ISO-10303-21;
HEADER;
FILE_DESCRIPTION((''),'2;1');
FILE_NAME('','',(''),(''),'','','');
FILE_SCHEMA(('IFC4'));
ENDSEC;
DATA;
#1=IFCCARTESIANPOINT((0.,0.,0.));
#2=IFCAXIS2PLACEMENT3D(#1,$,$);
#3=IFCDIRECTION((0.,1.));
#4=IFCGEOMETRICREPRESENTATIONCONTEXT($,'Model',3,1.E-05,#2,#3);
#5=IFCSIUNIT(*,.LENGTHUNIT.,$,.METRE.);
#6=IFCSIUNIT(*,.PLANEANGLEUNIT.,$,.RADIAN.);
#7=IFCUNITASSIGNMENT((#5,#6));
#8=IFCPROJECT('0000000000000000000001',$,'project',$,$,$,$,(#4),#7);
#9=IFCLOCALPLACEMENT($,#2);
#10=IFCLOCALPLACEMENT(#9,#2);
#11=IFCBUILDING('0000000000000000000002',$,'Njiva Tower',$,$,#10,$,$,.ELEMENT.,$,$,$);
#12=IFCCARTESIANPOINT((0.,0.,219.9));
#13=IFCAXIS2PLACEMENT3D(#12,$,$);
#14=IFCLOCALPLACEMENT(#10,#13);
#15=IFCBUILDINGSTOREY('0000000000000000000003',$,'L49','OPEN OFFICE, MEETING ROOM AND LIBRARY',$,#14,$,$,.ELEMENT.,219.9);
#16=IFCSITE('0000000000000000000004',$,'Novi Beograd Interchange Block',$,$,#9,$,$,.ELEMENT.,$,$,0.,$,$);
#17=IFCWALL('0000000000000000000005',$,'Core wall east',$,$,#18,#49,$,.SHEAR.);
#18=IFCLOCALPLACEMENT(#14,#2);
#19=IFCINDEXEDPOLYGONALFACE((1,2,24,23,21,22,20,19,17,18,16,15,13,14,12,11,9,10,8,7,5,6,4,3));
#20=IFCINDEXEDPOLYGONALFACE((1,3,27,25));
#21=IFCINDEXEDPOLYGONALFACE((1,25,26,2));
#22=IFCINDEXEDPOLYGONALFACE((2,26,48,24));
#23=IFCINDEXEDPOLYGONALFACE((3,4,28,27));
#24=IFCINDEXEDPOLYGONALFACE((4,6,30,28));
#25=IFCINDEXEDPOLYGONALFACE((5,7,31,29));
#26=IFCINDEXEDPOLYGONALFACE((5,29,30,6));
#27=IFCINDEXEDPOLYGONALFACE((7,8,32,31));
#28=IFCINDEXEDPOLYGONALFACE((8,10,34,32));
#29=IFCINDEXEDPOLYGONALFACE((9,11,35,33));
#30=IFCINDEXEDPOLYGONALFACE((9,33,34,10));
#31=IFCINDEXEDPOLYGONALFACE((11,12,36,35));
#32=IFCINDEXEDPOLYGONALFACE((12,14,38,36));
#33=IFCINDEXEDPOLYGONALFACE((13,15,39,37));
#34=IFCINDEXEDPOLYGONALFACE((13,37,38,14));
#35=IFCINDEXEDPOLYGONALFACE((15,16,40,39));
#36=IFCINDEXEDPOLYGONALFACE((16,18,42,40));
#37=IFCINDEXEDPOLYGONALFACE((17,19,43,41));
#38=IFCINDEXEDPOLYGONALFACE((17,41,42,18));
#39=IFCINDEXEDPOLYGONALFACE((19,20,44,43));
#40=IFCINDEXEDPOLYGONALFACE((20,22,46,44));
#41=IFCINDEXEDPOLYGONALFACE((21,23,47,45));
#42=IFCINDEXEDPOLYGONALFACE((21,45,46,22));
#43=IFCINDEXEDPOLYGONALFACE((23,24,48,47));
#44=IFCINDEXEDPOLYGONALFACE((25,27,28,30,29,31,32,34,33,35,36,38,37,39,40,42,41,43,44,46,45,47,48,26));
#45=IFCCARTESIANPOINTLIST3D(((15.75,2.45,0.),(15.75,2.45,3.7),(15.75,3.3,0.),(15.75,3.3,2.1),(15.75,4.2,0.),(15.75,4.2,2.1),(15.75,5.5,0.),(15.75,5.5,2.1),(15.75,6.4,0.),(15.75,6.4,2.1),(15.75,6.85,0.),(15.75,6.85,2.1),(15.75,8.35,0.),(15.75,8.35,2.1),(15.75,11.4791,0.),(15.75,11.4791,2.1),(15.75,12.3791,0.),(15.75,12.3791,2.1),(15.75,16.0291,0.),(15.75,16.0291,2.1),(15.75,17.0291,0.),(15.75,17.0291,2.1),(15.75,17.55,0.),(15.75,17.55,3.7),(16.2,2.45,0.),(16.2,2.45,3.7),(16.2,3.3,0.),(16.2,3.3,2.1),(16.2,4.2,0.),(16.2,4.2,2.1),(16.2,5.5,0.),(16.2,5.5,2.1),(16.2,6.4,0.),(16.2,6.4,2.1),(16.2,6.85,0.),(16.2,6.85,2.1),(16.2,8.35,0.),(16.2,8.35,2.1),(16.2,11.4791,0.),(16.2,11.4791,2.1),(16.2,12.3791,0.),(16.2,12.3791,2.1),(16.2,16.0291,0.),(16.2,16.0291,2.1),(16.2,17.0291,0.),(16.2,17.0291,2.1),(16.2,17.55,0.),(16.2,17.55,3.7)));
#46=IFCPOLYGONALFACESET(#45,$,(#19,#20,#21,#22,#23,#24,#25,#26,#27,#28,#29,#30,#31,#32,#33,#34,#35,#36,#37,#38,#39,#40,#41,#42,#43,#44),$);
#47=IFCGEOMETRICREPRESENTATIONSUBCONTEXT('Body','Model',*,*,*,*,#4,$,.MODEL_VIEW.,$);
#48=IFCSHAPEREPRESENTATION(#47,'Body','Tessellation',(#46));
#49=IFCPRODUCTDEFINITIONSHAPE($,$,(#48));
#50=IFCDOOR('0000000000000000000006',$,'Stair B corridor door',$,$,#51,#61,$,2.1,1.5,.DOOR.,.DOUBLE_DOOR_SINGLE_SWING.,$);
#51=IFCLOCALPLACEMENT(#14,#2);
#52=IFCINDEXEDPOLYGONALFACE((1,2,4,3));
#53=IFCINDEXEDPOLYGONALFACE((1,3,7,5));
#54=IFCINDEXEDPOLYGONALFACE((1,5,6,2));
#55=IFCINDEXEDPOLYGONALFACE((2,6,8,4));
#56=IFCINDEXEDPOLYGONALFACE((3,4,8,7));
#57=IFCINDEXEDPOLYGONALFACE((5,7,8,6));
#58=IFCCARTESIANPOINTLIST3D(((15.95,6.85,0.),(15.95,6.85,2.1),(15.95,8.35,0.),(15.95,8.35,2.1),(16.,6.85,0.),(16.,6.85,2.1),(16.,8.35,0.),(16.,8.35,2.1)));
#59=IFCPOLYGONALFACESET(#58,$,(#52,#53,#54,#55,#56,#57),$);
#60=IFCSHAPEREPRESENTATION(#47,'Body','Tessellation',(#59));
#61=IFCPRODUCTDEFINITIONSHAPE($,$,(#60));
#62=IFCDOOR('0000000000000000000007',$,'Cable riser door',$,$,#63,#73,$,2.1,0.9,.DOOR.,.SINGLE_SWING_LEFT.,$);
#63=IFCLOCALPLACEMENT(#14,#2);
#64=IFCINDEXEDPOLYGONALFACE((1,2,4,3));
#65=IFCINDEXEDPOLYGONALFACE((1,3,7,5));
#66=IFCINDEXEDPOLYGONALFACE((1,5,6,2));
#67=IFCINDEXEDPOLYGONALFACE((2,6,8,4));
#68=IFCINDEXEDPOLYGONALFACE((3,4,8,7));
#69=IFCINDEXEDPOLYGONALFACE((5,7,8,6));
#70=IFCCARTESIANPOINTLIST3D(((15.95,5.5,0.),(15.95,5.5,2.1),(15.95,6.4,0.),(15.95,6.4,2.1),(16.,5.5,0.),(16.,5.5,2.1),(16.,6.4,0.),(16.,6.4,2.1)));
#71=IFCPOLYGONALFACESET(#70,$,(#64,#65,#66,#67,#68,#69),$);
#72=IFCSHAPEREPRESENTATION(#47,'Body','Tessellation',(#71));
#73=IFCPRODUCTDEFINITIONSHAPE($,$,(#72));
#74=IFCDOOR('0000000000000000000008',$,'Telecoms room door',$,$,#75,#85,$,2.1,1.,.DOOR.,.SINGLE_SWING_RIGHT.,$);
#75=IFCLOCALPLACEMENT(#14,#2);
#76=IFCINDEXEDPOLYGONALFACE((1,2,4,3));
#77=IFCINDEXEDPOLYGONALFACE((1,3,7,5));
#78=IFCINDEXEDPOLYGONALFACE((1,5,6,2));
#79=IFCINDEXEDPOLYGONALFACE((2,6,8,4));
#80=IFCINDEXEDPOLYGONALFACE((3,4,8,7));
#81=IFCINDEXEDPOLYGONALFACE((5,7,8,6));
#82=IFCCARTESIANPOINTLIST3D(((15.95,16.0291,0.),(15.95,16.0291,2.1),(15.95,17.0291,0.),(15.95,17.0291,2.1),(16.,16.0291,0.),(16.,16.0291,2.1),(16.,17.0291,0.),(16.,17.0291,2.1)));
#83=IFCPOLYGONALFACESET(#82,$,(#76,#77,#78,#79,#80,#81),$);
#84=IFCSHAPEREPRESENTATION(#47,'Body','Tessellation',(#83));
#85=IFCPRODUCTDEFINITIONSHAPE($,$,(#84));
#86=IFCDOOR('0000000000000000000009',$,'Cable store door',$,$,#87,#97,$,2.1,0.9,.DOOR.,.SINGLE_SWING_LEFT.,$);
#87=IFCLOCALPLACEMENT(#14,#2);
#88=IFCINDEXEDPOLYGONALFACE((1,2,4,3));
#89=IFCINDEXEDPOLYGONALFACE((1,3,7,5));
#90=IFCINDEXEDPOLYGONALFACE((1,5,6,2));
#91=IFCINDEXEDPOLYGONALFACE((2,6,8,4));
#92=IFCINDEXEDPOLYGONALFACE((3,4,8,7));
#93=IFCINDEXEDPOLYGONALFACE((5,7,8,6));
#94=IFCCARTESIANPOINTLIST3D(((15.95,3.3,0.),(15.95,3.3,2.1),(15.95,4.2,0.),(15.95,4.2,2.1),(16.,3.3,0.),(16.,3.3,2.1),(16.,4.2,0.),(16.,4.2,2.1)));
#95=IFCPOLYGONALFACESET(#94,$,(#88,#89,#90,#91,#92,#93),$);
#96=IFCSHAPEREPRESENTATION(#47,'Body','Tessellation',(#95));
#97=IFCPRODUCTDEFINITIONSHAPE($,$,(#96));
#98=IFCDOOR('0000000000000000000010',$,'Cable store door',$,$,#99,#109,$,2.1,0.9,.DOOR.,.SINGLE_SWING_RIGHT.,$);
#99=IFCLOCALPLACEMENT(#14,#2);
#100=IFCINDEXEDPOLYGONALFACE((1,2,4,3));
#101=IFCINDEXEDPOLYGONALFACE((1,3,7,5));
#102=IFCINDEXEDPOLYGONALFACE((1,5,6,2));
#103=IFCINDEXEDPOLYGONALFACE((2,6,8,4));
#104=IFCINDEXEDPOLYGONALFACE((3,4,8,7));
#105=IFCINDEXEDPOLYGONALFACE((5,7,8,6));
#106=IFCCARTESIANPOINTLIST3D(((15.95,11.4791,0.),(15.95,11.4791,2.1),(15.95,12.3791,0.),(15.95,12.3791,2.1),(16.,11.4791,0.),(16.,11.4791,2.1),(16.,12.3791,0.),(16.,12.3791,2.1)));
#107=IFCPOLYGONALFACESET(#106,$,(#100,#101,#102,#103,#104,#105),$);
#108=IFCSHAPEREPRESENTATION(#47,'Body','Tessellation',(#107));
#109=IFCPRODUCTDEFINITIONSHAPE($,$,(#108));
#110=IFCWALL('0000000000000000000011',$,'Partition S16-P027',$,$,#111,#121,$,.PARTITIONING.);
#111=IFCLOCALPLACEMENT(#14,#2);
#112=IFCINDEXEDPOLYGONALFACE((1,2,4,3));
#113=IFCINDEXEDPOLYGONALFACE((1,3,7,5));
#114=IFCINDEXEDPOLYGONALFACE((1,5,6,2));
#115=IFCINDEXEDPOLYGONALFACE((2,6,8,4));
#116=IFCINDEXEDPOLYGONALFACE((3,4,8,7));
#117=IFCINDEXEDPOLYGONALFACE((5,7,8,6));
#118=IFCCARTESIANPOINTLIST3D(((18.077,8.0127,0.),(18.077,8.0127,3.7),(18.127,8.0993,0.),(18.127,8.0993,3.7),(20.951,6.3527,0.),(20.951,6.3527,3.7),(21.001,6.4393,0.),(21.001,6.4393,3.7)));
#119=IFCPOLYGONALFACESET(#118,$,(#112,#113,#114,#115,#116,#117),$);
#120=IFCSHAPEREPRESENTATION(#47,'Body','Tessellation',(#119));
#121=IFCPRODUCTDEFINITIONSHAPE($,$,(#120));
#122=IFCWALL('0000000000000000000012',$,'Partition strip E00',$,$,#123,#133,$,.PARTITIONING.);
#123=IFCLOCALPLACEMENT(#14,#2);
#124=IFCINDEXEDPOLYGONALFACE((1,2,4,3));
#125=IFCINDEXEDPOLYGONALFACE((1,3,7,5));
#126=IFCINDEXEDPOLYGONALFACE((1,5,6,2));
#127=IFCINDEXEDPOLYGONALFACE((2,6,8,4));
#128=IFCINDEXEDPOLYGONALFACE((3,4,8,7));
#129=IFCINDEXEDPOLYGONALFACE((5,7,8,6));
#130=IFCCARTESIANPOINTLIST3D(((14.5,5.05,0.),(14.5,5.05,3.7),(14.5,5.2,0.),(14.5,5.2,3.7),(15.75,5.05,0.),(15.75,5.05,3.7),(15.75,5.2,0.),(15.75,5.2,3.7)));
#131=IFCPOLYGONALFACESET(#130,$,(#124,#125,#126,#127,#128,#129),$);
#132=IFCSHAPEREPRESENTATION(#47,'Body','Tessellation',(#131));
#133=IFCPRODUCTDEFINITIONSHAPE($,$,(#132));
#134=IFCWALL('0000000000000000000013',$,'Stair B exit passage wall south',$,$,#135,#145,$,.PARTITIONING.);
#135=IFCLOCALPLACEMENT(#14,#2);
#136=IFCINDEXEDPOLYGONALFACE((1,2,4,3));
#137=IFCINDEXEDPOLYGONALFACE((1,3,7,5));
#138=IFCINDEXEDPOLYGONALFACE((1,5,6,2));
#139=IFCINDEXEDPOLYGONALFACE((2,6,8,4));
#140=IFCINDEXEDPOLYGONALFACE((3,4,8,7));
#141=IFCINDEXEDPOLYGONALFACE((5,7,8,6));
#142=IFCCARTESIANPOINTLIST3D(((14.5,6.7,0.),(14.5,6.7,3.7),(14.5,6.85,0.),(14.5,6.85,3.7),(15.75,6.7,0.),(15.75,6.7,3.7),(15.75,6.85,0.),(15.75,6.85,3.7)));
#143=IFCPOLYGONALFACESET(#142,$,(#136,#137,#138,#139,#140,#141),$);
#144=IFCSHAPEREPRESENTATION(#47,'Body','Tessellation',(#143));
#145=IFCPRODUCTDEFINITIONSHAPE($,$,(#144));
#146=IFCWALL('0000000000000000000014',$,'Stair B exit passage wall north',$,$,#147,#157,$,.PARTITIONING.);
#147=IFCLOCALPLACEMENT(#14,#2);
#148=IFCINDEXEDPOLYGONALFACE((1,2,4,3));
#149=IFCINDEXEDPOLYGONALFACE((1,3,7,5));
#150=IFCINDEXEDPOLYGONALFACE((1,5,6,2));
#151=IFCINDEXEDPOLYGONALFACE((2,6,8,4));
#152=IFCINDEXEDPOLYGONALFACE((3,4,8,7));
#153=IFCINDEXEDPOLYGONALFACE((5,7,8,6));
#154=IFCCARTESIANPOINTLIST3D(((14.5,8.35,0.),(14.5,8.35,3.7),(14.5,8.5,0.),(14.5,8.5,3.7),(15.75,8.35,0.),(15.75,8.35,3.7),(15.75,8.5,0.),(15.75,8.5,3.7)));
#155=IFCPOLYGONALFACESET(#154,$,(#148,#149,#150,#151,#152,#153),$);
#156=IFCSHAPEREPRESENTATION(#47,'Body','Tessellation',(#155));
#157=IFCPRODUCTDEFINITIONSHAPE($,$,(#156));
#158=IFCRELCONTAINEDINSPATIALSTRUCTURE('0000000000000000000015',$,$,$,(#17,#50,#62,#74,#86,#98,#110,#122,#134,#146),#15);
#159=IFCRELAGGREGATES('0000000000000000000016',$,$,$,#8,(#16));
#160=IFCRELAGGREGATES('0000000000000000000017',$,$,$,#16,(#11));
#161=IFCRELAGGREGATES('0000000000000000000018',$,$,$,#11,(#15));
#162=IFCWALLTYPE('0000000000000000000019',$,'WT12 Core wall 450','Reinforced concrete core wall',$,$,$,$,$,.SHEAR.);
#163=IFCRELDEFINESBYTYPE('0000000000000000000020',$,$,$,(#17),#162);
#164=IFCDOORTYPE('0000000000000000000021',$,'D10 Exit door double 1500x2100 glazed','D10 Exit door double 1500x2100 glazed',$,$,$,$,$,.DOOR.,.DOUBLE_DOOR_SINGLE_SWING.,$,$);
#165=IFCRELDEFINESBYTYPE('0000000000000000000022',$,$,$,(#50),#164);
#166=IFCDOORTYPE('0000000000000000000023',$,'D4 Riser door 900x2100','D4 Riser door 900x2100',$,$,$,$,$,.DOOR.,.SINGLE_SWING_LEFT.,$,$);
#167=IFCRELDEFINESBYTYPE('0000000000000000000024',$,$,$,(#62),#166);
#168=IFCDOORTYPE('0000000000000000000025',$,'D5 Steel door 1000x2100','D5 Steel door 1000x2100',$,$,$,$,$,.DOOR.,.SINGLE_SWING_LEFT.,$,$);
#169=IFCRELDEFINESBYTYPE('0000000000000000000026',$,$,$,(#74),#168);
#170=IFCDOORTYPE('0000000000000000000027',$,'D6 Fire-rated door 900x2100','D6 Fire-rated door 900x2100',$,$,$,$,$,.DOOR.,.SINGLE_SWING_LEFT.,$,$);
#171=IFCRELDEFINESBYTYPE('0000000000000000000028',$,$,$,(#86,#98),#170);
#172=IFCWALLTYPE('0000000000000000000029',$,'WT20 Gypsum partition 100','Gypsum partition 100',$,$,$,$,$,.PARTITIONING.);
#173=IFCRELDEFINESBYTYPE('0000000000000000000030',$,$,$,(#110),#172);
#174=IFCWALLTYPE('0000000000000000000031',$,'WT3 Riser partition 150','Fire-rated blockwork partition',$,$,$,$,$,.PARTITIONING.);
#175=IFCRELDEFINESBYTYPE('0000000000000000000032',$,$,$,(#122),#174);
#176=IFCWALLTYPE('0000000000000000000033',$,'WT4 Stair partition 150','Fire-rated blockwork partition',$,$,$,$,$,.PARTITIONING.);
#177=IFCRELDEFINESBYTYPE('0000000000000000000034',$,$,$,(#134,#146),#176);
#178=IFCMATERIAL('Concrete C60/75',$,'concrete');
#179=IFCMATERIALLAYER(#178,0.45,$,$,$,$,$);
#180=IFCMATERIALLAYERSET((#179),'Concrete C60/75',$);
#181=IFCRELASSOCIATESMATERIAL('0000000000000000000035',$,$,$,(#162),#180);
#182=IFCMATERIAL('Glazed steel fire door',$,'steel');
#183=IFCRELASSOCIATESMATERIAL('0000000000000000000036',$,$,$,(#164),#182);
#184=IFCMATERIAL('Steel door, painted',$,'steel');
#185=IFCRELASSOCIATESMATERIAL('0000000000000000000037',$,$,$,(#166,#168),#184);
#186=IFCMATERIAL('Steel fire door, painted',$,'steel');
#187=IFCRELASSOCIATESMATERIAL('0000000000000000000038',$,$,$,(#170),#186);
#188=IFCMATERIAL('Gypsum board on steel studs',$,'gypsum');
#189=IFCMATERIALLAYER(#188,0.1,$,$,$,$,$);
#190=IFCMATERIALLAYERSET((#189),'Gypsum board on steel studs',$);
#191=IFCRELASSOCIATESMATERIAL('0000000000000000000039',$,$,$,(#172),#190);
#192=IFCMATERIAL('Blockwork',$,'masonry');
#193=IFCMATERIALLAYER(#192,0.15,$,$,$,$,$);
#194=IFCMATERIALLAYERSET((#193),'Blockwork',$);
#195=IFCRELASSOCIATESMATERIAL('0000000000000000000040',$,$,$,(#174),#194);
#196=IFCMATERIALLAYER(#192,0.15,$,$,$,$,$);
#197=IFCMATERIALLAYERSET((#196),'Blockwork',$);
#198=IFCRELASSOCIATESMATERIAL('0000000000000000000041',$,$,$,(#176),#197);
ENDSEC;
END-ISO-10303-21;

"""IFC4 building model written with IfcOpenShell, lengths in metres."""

from ifc_helpers import new_model, si_unit, direction, frame, frame_2d, origin, place, context, subcontext, project, spatial, rectangle, extrude, material, layer, layer_set, type_object, element, fill, save


model = new_model("IFC4")

# Units and contexts
model_context = context("Model", 3, precision=1e-05, world=origin(), true_north=direction((0.0, 1.0)))
body_context = subcontext(model_context, "Body", "Model", "MODEL_VIEW")
ifc_project = project(units=[si_unit("LENGTHUNIT", "METRE"), si_unit("PLANEANGLEUNIT", "RADIAN")], contexts=[model_context])

# Site, building, storey
site_placement = place(None, origin())
site = spatial("IfcSite", under=ifc_project, at=site_placement, Name="Novi Beograd Interchange Block", CompositionType="ELEMENT", RefElevation=0.0)
building_placement = place(site_placement, origin())
building = spatial("IfcBuilding", under=site, at=building_placement, Name="Njiva Tower", CompositionType="ELEMENT")
storey_placement = place(building_placement, frame((0.0, 0.0, 219.9)))
storey = spatial("IfcBuildingStorey", under=building, at=storey_placement, Name="L49", Description="OPEN OFFICE, MEETING ROOM AND LIBRARY", CompositionType="ELEMENT", Elevation=219.9)

# Wall, openings, doors
ifc_material_1 = material(Name="Concrete C60/75", Category="concrete")
ifc_layer_1 = layer(ifc_material_1, 0.45)
ifc_layer_set_1 = layer_set([ifc_layer_1], Name="Concrete C60/75")
wall_type_1 = type_object("IfcWallType", Name="WT12 Core wall 450", Description="Reinforced concrete core wall", PredefinedType="SHEAR", material=ifc_layer_set_1)
wall_1_placement = place(storey_placement, frame((15.975, 2.45, 0.0), z_axis=(0.0, 0.0, 1.0), x_axis=(0.0, 1.0, 0.0)))
wall_1 = element("IfcWall", 1, at=wall_1_placement, inside=storey, type_object=wall_type_1, Name="Core wall east", PredefinedType="SHEAR", context=body_context, shape_type="SweptSolid", body=[
    extrude(rectangle(XDim=15.1, YDim=0.45, at=frame_2d((7.55, 0.0))), origin(), (0.0, 0.0, 1.0), 3.7),
])
opening_1_placement = place(wall_1_placement, frame((4.4, 0.0, 0.0)))
opening_1 = element("IfcOpeningElement", 2, at=opening_1_placement, cuts=wall_1, PredefinedType="OPENING", context=body_context, shape_type="SweptSolid", body=[
    extrude(rectangle(XDim=1.5, YDim=2.1, at=frame_2d((0.75, 1.05))), frame((0.0, 0.235, 0.0), z_axis=(0.0, -1.0, 0.0), x_axis=(1.0, 0.0, 0.0)), (0.0, 0.0, 1.0), 0.47),
])
opening_2_placement = place(wall_1_placement, frame((0.85, 0.0, 0.0)))
opening_2 = element("IfcOpeningElement", 3, at=opening_2_placement, cuts=wall_1, PredefinedType="OPENING", context=body_context, shape_type="SweptSolid", body=[
    extrude(rectangle(XDim=0.9, YDim=2.1, at=frame_2d((0.45, 1.05))), frame((0.0, 0.235, 0.0), z_axis=(0.0, -1.0, 0.0), x_axis=(1.0, 0.0, 0.0)), (0.0, 0.0, 1.0), 0.47),
])
opening_3_placement = place(wall_1_placement, frame((3.05, 0.0, 0.0)))
opening_3 = element("IfcOpeningElement", 4, at=opening_3_placement, cuts=wall_1, PredefinedType="OPENING", context=body_context, shape_type="SweptSolid", body=[
    extrude(rectangle(XDim=0.9, YDim=2.1, at=frame_2d((0.45, 1.05))), frame((0.0, 0.235, 0.0), z_axis=(0.0, -1.0, 0.0), x_axis=(1.0, 0.0, 0.0)), (0.0, 0.0, 1.0), 0.47),
])
opening_4_placement = place(wall_1_placement, frame((9.0291, 0.0, 0.0)))
opening_4 = element("IfcOpeningElement", 5, at=opening_4_placement, cuts=wall_1, PredefinedType="OPENING", context=body_context, shape_type="SweptSolid", body=[
    extrude(rectangle(XDim=0.9, YDim=2.1, at=frame_2d((0.45, 1.05))), frame((0.0, 0.235, 0.0), z_axis=(0.0, -1.0, 0.0), x_axis=(1.0, 0.0, 0.0)), (0.0, 0.0, 1.0), 0.47),
])
opening_5_placement = place(wall_1_placement, frame((13.5791, 0.0, 0.0)))
opening_5 = element("IfcOpeningElement", 6, at=opening_5_placement, cuts=wall_1, PredefinedType="OPENING", context=body_context, shape_type="SweptSolid", body=[
    extrude(rectangle(XDim=1.0, YDim=2.1, at=frame_2d((0.5, 1.05))), frame((0.0, 0.235, 0.0), z_axis=(0.0, -1.0, 0.0), x_axis=(1.0, 0.0, 0.0)), (0.0, 0.0, 1.0), 0.47),
])
ifc_material_2 = material(Name="Glazed steel fire door", Category="steel")
door_type_1 = type_object("IfcDoorType", Name="D10 Exit door double 1500x2100 glazed", Description="D10 Exit door double 1500x2100 glazed", OperationType="DOUBLE_DOOR_SINGLE_SWING", PredefinedType="DOOR", material=ifc_material_2)
door_1_placement = place(opening_1_placement, origin())
door_1 = element("IfcDoor", 7, at=door_1_placement, inside=storey, type_object=door_type_1, Name="Stair B corridor door", OperationType="DOUBLE_DOOR_SINGLE_SWING", OverallHeight=2.1, OverallWidth=1.5, PredefinedType="DOOR", context=body_context, shape_type="SweptSolid", body=[
    extrude(rectangle(XDim=1.5, YDim=2.1, at=frame_2d((0.75, 1.05))), frame((0.0, 0.025, 0.0), z_axis=(0.0, -1.0, 0.0), x_axis=(1.0, 0.0, 0.0)), (0.0, 0.0, 1.0), 0.05),
])
fill(opening_1, door_1)
ifc_material_3 = material(Name="Steel door, painted", Category="steel")
door_type_2 = type_object("IfcDoorType", Name="D4 Riser door 900x2100", Description="D4 Riser door 900x2100", OperationType="SINGLE_SWING_LEFT", PredefinedType="DOOR", material=ifc_material_3)
door_2_placement = place(opening_3_placement, origin())
door_2 = element("IfcDoor", 8, at=door_2_placement, inside=storey, type_object=door_type_2, Name="Cable riser door", OperationType="SINGLE_SWING_LEFT", OverallHeight=2.1, OverallWidth=0.9, PredefinedType="DOOR", context=body_context, shape_type="SweptSolid", body=[
    extrude(rectangle(XDim=0.9, YDim=2.1, at=frame_2d((0.45, 1.05))), frame((0.0, 0.025, 0.0), z_axis=(0.0, -1.0, 0.0), x_axis=(1.0, 0.0, 0.0)), (0.0, 0.0, 1.0), 0.05),
])
fill(opening_3, door_2)
door_type_3 = type_object("IfcDoorType", Name="D5 Steel door 1000x2100", Description="D5 Steel door 1000x2100", OperationType="SINGLE_SWING_LEFT", PredefinedType="DOOR", material=ifc_material_3)
door_3_placement = place(opening_5_placement, origin())
door_3 = element("IfcDoor", 9, at=door_3_placement, inside=storey, type_object=door_type_3, Name="Telecoms room door", OperationType="SINGLE_SWING_RIGHT", OverallHeight=2.1, OverallWidth=1.0, PredefinedType="DOOR", context=body_context, shape_type="SweptSolid", body=[
    extrude(rectangle(XDim=1.0, YDim=2.1, at=frame_2d((0.5, 1.05))), frame((0.0, 0.025, 0.0), z_axis=(0.0, -1.0, 0.0), x_axis=(1.0, 0.0, 0.0)), (0.0, 0.0, 1.0), 0.05),
])
fill(opening_5, door_3)
ifc_material_4 = material(Name="Steel fire door, painted", Category="steel")
door_type_4 = type_object("IfcDoorType", Name="D6 Fire-rated door 900x2100", Description="D6 Fire-rated door 900x2100", OperationType="SINGLE_SWING_LEFT", PredefinedType="DOOR", material=ifc_material_4)
door_4_placement = place(opening_2_placement, origin())
door_4 = element("IfcDoor", 10, at=door_4_placement, inside=storey, type_object=door_type_4, Name="Cable store door", OperationType="SINGLE_SWING_LEFT", OverallHeight=2.1, OverallWidth=0.9, PredefinedType="DOOR", context=body_context, shape_type="SweptSolid", body=[
    extrude(rectangle(XDim=0.9, YDim=2.1, at=frame_2d((0.45, 1.05))), frame((0.0, 0.025, 0.0), z_axis=(0.0, -1.0, 0.0), x_axis=(1.0, 0.0, 0.0)), (0.0, 0.0, 1.0), 0.05),
])
fill(opening_2, door_4)
door_5_placement = place(opening_4_placement, origin())
door_5 = element("IfcDoor", 11, at=door_5_placement, inside=storey, type_object=door_type_4, Name="Cable store door", OperationType="SINGLE_SWING_RIGHT", OverallHeight=2.1, OverallWidth=0.9, PredefinedType="DOOR", context=body_context, shape_type="SweptSolid", body=[
    extrude(rectangle(XDim=0.9, YDim=2.1, at=frame_2d((0.45, 1.05))), frame((0.0, 0.025, 0.0), z_axis=(0.0, -1.0, 0.0), x_axis=(1.0, 0.0, 0.0)), (0.0, 0.0, 1.0), 0.05),
])
fill(opening_4, door_5)

# Walls
ifc_material_5 = material(Name="Gypsum board on steel studs", Category="gypsum")
ifc_layer_2 = layer(ifc_material_5, 0.1)
ifc_layer_set_2 = layer_set([ifc_layer_2], Name="Gypsum board on steel studs")
wall_type_2 = type_object("IfcWallType", Name="WT20 Gypsum partition 100", Description="Gypsum partition 100", PredefinedType="PARTITIONING", material=ifc_layer_set_2)
wall_2_placement = place(storey_placement, frame((18.102, 8.056, 0.0), z_axis=(0.0, 0.0, 1.0), x_axis=(0.865935, -0.500157, 0.0)))
element("IfcWall", 12, at=wall_2_placement, inside=storey, type_object=wall_type_2, Name="Partition S16-P027", PredefinedType="PARTITIONING", context=body_context, shape_type="SweptSolid", body=[
    extrude(rectangle(XDim=3.319, YDim=0.1, at=frame_2d((1.6595, 0.0))), origin(), (0.0, 0.0, 1.0), 3.7),
])
ifc_material_6 = material(Name="Blockwork", Category="masonry")
ifc_layer_3 = layer(ifc_material_6, 0.15)
ifc_layer_set_3 = layer_set([ifc_layer_3], Name="Blockwork")
wall_type_3 = type_object("IfcWallType", Name="WT3 Riser partition 150", Description="Fire-rated blockwork partition", PredefinedType="PARTITIONING", material=ifc_layer_set_3)
wall_3_placement = place(storey_placement, frame((14.5, 5.125, 0.0), z_axis=(0.0, 0.0, 1.0), x_axis=(1.0, 0.0, 0.0)))
element("IfcWall", 13, at=wall_3_placement, inside=storey, type_object=wall_type_3, Name="Partition strip E00", PredefinedType="PARTITIONING", context=body_context, shape_type="SweptSolid", body=[
    extrude(rectangle(XDim=1.25, YDim=0.15, at=frame_2d((0.625, 0.0))), origin(), (0.0, 0.0, 1.0), 3.7),
])
ifc_layer_4 = layer(ifc_material_6, 0.15)
ifc_layer_set_4 = layer_set([ifc_layer_4], Name="Blockwork")
wall_type_4 = type_object("IfcWallType", Name="WT4 Stair partition 150", Description="Fire-rated blockwork partition", PredefinedType="PARTITIONING", material=ifc_layer_set_4)
for number, where, z_axis, x_axis, name in (
    (14, (14.5, 6.775, 0.0), (0.0, 0.0, 1.0), (1.0, 0.0, 0.0), "Stair B exit passage wall south"),
    (15, (14.5, 8.425, 0.0), (0.0, 0.0, 1.0), (1.0, 0.0, 0.0), "Stair B exit passage wall north"),
):
    element("IfcWall", number, at=place(storey_placement, frame(where, z_axis=z_axis, x_axis=x_axis)), inside=storey, type_object=wall_type_4, Name=name, PredefinedType="PARTITIONING", context=body_context, shape_type="SweptSolid", body=[
        extrude(rectangle(XDim=1.25, YDim=0.15, at=frame_2d((0.625, 0.0))), origin(), (0.0, 0.0, 1.0), 3.7),
    ])

save(model, "model.ifc")
